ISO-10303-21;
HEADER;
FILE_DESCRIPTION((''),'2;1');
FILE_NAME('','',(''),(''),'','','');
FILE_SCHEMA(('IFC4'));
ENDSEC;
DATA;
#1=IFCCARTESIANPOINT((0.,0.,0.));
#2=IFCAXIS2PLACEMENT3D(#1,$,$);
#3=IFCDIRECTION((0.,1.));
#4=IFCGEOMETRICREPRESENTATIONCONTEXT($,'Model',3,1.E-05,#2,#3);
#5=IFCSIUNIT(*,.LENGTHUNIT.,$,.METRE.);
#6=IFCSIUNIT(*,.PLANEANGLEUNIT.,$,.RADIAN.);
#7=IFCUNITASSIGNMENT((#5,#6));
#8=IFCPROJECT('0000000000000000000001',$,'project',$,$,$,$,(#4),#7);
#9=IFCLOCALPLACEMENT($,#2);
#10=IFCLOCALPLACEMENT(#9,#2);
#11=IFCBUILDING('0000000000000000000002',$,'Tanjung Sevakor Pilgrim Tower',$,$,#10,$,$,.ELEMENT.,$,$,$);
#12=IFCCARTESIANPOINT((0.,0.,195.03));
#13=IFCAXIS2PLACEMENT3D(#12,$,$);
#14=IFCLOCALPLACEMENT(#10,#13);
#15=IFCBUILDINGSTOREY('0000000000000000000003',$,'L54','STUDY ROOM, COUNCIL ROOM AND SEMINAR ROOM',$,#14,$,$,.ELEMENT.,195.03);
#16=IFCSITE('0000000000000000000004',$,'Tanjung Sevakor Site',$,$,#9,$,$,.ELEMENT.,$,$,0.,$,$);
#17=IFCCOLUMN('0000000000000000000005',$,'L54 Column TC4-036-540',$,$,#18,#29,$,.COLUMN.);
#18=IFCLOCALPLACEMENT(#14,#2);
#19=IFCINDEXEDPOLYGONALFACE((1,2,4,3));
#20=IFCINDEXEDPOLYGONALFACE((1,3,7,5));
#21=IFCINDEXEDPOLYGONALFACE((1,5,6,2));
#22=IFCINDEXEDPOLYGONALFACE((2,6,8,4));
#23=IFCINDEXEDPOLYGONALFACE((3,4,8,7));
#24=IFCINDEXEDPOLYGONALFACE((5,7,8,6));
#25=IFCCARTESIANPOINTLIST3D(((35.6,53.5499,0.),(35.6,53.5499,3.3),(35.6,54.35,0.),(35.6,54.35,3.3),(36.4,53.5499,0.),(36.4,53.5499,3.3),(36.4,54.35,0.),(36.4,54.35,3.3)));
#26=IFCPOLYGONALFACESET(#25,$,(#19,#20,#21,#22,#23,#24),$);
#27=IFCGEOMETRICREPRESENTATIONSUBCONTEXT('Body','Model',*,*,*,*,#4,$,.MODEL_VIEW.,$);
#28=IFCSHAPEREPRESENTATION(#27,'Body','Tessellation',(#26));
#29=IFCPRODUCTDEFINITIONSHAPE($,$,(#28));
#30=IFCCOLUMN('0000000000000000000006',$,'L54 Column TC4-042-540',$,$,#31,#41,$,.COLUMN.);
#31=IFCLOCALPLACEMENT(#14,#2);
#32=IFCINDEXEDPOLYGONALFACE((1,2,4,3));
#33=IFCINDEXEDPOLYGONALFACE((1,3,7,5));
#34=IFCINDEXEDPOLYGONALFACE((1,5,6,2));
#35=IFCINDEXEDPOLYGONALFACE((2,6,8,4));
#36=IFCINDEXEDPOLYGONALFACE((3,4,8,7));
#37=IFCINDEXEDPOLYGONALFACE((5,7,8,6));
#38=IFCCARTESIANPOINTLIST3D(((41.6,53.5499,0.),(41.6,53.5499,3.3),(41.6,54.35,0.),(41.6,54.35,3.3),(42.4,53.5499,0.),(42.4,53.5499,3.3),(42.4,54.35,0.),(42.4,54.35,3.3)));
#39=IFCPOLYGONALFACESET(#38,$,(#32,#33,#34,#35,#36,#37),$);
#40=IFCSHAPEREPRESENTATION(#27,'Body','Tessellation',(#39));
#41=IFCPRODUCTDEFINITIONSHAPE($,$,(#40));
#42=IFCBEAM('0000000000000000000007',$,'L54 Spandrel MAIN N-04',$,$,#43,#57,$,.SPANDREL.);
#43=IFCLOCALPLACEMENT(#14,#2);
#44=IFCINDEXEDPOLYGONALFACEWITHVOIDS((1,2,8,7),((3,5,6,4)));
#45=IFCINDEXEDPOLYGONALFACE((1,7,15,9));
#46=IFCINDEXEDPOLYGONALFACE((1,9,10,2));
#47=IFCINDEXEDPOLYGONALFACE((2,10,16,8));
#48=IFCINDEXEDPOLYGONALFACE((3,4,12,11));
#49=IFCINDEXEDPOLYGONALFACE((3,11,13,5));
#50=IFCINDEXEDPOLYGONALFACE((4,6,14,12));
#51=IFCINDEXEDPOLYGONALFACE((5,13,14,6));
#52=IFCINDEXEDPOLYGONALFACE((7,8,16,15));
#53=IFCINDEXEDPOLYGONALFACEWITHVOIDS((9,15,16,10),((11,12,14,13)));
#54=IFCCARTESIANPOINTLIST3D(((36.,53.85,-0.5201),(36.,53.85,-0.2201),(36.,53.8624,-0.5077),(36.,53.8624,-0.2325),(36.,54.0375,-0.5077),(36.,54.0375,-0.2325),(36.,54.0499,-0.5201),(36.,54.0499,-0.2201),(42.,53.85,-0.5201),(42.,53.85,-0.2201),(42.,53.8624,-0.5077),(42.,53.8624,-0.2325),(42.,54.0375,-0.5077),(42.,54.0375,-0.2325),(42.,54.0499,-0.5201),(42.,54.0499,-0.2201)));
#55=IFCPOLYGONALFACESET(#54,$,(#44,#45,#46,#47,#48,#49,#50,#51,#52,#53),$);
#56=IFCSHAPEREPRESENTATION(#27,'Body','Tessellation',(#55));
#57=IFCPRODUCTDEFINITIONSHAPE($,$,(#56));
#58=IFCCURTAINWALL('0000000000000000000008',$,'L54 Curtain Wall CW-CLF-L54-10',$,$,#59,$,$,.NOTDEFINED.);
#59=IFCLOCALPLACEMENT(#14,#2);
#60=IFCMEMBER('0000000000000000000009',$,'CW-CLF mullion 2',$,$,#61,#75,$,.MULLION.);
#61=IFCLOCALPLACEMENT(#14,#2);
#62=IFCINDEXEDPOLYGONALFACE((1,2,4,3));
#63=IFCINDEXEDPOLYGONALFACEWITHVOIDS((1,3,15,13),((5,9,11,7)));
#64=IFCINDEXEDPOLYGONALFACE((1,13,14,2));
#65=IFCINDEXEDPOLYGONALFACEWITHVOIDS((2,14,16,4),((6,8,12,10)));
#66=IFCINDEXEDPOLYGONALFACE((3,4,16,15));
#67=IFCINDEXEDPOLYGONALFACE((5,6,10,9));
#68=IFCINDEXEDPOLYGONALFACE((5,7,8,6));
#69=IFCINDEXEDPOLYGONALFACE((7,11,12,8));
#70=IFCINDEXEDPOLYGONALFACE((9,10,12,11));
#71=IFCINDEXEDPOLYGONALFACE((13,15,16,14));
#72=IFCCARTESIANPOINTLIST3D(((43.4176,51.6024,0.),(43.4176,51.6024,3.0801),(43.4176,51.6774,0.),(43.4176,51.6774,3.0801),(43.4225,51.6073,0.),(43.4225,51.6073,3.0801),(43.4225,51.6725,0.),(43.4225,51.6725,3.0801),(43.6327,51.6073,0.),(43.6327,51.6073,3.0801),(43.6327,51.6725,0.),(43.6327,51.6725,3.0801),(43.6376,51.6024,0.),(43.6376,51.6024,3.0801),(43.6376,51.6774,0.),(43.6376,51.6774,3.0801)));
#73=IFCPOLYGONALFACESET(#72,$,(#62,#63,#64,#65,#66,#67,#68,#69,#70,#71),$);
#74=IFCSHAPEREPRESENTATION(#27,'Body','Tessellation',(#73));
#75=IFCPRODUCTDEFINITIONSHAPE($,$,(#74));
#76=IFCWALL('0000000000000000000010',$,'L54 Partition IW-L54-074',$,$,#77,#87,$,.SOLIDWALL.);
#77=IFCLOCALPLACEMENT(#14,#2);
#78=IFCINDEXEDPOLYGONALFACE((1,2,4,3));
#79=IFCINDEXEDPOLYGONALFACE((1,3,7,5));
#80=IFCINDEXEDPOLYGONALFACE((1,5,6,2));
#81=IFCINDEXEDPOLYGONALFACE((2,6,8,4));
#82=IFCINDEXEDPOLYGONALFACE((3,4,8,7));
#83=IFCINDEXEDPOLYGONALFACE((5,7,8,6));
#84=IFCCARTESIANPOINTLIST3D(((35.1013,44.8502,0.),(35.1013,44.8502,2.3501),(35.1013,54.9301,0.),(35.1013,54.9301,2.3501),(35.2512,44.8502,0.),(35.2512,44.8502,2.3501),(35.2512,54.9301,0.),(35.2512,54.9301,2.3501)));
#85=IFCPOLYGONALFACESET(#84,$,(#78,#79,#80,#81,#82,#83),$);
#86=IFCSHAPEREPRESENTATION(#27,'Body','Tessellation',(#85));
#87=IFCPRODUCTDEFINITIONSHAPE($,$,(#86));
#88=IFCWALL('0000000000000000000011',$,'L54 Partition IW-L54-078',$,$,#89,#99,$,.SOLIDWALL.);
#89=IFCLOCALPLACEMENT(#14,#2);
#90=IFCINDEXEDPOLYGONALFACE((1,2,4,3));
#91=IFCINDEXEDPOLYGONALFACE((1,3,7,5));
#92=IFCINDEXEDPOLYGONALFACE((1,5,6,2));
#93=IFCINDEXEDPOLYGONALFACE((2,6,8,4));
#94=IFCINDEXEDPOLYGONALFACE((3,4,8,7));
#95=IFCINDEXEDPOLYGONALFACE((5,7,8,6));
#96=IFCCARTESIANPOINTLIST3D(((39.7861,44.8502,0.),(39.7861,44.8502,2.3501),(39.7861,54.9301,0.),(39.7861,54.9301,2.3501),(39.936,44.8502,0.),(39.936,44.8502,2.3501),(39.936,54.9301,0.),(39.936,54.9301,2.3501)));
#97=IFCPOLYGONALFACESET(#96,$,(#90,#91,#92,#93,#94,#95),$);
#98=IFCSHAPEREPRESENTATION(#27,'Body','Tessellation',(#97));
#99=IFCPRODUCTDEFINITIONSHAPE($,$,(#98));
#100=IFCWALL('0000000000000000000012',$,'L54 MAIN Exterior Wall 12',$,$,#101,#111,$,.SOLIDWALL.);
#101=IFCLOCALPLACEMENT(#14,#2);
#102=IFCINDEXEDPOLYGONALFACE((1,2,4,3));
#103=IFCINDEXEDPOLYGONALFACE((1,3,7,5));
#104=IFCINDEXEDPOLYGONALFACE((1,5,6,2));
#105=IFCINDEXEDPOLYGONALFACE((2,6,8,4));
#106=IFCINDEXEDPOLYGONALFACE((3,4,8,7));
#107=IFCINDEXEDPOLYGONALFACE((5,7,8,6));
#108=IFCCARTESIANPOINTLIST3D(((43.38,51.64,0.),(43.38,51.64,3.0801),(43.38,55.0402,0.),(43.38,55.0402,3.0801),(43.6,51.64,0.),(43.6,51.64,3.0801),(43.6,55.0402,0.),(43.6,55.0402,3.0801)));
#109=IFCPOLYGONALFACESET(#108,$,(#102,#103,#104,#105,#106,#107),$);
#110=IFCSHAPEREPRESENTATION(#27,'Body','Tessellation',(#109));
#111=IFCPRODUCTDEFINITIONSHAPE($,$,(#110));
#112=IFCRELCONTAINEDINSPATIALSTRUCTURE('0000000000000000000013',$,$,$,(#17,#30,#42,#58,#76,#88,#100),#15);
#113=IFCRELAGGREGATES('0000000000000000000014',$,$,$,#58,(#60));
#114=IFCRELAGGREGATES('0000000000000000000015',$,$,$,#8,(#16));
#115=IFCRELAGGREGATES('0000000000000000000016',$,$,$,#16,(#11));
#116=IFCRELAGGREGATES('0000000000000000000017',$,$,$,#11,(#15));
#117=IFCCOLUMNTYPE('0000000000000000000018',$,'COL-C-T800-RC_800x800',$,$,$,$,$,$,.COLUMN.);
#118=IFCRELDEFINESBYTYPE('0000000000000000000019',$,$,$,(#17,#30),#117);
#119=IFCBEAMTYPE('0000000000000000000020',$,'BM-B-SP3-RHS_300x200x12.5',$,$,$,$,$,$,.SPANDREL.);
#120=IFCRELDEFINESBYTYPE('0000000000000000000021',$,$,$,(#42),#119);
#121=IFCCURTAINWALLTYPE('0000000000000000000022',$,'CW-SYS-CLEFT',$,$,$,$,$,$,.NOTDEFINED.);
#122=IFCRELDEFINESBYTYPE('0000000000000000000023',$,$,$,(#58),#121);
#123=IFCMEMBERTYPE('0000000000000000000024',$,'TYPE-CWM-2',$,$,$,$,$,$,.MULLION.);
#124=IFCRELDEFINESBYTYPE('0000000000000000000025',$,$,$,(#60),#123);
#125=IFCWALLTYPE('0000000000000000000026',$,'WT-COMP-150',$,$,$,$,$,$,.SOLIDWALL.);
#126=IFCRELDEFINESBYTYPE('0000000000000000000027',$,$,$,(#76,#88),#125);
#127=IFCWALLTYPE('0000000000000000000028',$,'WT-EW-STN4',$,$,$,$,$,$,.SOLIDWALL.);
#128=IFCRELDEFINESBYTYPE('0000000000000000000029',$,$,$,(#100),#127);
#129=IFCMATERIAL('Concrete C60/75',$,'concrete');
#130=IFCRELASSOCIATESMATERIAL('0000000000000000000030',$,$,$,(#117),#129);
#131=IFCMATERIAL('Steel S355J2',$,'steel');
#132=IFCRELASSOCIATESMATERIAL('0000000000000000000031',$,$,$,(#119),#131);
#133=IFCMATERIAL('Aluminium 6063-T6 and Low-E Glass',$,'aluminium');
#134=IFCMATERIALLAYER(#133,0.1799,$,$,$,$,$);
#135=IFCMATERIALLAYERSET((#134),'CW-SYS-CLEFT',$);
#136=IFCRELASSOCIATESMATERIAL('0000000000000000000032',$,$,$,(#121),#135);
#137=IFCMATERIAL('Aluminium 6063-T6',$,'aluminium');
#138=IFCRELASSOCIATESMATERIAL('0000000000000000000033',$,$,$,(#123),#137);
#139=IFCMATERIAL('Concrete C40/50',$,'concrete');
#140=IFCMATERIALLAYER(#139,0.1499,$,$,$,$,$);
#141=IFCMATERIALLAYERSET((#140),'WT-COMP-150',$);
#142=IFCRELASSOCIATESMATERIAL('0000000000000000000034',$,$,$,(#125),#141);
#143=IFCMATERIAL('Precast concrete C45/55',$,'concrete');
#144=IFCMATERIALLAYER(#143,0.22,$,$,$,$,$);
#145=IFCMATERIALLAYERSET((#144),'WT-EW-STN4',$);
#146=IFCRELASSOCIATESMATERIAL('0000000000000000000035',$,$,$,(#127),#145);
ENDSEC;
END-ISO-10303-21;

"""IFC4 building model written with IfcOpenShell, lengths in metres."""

from ifc_helpers import new_model, si_unit, direction, frame, frame_2d, origin, origin_2d, place, context, subcontext, project, spatial, rectangle, hollow_rectangle, extrude, material, layer, layer_set, material_profile, profile_set, type_object, element, aggregate, save


model = new_model("IFC4")

# Units and contexts
model_context = context("Model", 3, precision=1e-05, world=origin(), true_north=direction((0.0, 1.0)))
body_context = subcontext(model_context, "Body", "Model", "MODEL_VIEW")
ifc_project = project(units=[si_unit("LENGTHUNIT", "METRE"), si_unit("PLANEANGLEUNIT", "RADIAN")], contexts=[model_context])

# Site, building, storey
site_placement = place(None, origin())
site = spatial("IfcSite", under=ifc_project, at=site_placement, Name="Tanjung Sevakor Site", CompositionType="ELEMENT", RefElevation=0.0)
building_placement = place(site_placement, origin())
building = spatial("IfcBuilding", under=site, at=building_placement, Name="Tanjung Sevakor Pilgrim Tower", CompositionType="ELEMENT")
storey_placement = place(building_placement, frame((0.0, 0.0, 195.03)))
storey = spatial("IfcBuildingStorey", under=building, at=storey_placement, Name="L54", Description="STUDY ROOM, COUNCIL ROOM AND SEMINAR ROOM", CompositionType="ELEMENT", Elevation=195.03)

# Columns
ifc_material_1 = material(Name="Concrete C60/75", Category="concrete")
ifc_material_profile_1 = material_profile(ifc_material_1, rectangle(XDim=0.8, YDim=0.8, at=origin_2d()))
ifc_profile_set_1 = profile_set([ifc_material_profile_1], Name="Concrete C60/75")
column_type = type_object("IfcColumnType", Name="COL-C-T800-RC_800x800", PredefinedType="COLUMN", material=ifc_profile_set_1)
for number, where, z_axis, x_axis, name in (
    (1, (36.0, 53.95, 0.0), (0.0, 0.0, 1.0), (1.0, 0.0, 0.0), "L54 Column TC4-036-540"),
    (2, (42.0, 53.95, 0.0), (0.0, 0.0, 1.0), (1.0, 0.0, 0.0), "L54 Column TC4-042-540"),
):
    element("IfcColumn", number, at=place(storey_placement, frame(where, z_axis=z_axis, x_axis=x_axis)), inside=storey, type_object=column_type, Name=name, PredefinedType="COLUMN", context=body_context, shape_type="SweptSolid", body=[
        extrude(rectangle(XDim=0.8, YDim=0.8, at=origin_2d()), origin(), (0.0, 0.0, 1.0), 3.3),
    ])

# Beam
ifc_material_2 = material(Name="Steel S355J2", Category="steel")
ifc_material_profile_2 = material_profile(ifc_material_2, hollow_rectangle(XDim=0.2, YDim=0.3, WallThickness=0.0125, at=origin_2d()))
ifc_profile_set_2 = profile_set([ifc_material_profile_2], Name="Steel S355J2")
beam_type = type_object("IfcBeamType", Name="BM-B-SP3-RHS_300x200x12.5", PredefinedType="SPANDREL", material=ifc_profile_set_2)
beam_placement = place(storey_placement, frame((36.0, 53.95, -0.3701), z_axis=(1.0, 0.0, 0.0), x_axis=(0.0, 1.0, 0.0)))
element("IfcBeam", 3, at=beam_placement, inside=storey, type_object=beam_type, Name="L54 Spandrel MAIN N-04", PredefinedType="SPANDREL", context=body_context, shape_type="SweptSolid", body=[
    extrude(hollow_rectangle(XDim=0.2, YDim=0.3, WallThickness=0.0125, at=origin_2d()), origin(), (0.0, 0.0, 1.0), 6.0),
])

# Curtain wall, member
ifc_material_3 = material(Name="Aluminium 6063-T6 and Low-E Glass", Category="aluminium")
ifc_layer_1 = layer(ifc_material_3, 0.1799)
ifc_layer_set_1 = layer_set([ifc_layer_1], Name="CW-SYS-CLEFT")
curtain_wall_type = type_object("IfcCurtainWallType", Name="CW-SYS-CLEFT", PredefinedType="NOTDEFINED", material=ifc_layer_set_1)
curtain_wall_placement = place(storey_placement, origin())
curtain_wall = element("IfcCurtainWall", 4, at=curtain_wall_placement, inside=storey, type_object=curtain_wall_type, Name="L54 Curtain Wall CW-CLF-L54-10", PredefinedType="NOTDEFINED")
ifc_material_4 = material(Name="Aluminium 6063-T6", Category="aluminium")
ifc_material_profile_3 = material_profile(ifc_material_4, hollow_rectangle(XDim=0.075, YDim=0.22, WallThickness=0.0049, at=origin_2d()))
ifc_profile_set_3 = profile_set([ifc_material_profile_3], Name="Aluminium 6063-T6")
member_type = type_object("IfcMemberType", Name="TYPE-CWM-2", PredefinedType="MULLION", material=ifc_profile_set_3)
member_placement = place(storey_placement, frame((43.5276, 51.6399, 0.0), z_axis=(0.0, 0.0, 1.0), x_axis=(0.0, -1.0, 0.0)))
member = element("IfcMember", 5, at=member_placement, type_object=member_type, Name="CW-CLF mullion 2", PredefinedType="MULLION", context=body_context, shape_type="SweptSolid", body=[
    extrude(hollow_rectangle(XDim=0.075, YDim=0.22, WallThickness=0.0049, at=origin_2d()), origin(), (0.0, 0.0, 1.0), 3.0801),
])
aggregate(curtain_wall, [member])

# Walls
ifc_material_5 = material(Name="Concrete C40/50", Category="concrete")
ifc_layer_2 = layer(ifc_material_5, 0.1499)
ifc_layer_set_2 = layer_set([ifc_layer_2], Name="WT-COMP-150")
wall_type_1 = type_object("IfcWallType", Name="WT-COMP-150", PredefinedType="SOLIDWALL", material=ifc_layer_set_2)
for number, where, z_axis, x_axis, name in (
    (6, (35.1763, 44.8501, 0.0), (0.0, 0.0, 1.0), (0.0, 1.0, 0.0), "L54 Partition IW-L54-074"),
    (7, (39.8611, 44.8501, 0.0), (0.0, 0.0, 1.0), (0.0, 1.0, 0.0), "L54 Partition IW-L54-078"),
):
    element("IfcWall", number, at=place(storey_placement, frame(where, z_axis=z_axis, x_axis=x_axis)), inside=storey, type_object=wall_type_1, Name=name, PredefinedType="SOLIDWALL", context=body_context, shape_type="SweptSolid", body=[
        extrude(rectangle(XDim=10.0798, YDim=0.1499, at=frame_2d((5.04, 0.0))), origin(), (0.0, 0.0, 1.0), 2.3501),
    ])

# Wall
ifc_material_6 = material(Name="Precast concrete C45/55", Category="concrete")
ifc_layer_3 = layer(ifc_material_6, 0.22)
ifc_layer_set_3 = layer_set([ifc_layer_3], Name="WT-EW-STN4")
wall_type_2 = type_object("IfcWallType", Name="WT-EW-STN4", PredefinedType="SOLIDWALL", material=ifc_layer_set_3)
wall_1_placement = place(storey_placement, frame((43.49, 51.6399, 0.0), z_axis=(0.0, 0.0, 1.0), x_axis=(0.0, 1.0, 0.0)))
element("IfcWall", 8, at=wall_1_placement, inside=storey, type_object=wall_type_2, Name="L54 MAIN Exterior Wall 12", PredefinedType="SOLIDWALL", context=body_context, shape_type="SweptSolid", body=[
    extrude(rectangle(XDim=3.4001, YDim=0.22, at=frame_2d((1.7002, 0.0))), origin(), (0.0, 0.0, 1.0), 3.0801),
])

save(model, "model.ifc")
